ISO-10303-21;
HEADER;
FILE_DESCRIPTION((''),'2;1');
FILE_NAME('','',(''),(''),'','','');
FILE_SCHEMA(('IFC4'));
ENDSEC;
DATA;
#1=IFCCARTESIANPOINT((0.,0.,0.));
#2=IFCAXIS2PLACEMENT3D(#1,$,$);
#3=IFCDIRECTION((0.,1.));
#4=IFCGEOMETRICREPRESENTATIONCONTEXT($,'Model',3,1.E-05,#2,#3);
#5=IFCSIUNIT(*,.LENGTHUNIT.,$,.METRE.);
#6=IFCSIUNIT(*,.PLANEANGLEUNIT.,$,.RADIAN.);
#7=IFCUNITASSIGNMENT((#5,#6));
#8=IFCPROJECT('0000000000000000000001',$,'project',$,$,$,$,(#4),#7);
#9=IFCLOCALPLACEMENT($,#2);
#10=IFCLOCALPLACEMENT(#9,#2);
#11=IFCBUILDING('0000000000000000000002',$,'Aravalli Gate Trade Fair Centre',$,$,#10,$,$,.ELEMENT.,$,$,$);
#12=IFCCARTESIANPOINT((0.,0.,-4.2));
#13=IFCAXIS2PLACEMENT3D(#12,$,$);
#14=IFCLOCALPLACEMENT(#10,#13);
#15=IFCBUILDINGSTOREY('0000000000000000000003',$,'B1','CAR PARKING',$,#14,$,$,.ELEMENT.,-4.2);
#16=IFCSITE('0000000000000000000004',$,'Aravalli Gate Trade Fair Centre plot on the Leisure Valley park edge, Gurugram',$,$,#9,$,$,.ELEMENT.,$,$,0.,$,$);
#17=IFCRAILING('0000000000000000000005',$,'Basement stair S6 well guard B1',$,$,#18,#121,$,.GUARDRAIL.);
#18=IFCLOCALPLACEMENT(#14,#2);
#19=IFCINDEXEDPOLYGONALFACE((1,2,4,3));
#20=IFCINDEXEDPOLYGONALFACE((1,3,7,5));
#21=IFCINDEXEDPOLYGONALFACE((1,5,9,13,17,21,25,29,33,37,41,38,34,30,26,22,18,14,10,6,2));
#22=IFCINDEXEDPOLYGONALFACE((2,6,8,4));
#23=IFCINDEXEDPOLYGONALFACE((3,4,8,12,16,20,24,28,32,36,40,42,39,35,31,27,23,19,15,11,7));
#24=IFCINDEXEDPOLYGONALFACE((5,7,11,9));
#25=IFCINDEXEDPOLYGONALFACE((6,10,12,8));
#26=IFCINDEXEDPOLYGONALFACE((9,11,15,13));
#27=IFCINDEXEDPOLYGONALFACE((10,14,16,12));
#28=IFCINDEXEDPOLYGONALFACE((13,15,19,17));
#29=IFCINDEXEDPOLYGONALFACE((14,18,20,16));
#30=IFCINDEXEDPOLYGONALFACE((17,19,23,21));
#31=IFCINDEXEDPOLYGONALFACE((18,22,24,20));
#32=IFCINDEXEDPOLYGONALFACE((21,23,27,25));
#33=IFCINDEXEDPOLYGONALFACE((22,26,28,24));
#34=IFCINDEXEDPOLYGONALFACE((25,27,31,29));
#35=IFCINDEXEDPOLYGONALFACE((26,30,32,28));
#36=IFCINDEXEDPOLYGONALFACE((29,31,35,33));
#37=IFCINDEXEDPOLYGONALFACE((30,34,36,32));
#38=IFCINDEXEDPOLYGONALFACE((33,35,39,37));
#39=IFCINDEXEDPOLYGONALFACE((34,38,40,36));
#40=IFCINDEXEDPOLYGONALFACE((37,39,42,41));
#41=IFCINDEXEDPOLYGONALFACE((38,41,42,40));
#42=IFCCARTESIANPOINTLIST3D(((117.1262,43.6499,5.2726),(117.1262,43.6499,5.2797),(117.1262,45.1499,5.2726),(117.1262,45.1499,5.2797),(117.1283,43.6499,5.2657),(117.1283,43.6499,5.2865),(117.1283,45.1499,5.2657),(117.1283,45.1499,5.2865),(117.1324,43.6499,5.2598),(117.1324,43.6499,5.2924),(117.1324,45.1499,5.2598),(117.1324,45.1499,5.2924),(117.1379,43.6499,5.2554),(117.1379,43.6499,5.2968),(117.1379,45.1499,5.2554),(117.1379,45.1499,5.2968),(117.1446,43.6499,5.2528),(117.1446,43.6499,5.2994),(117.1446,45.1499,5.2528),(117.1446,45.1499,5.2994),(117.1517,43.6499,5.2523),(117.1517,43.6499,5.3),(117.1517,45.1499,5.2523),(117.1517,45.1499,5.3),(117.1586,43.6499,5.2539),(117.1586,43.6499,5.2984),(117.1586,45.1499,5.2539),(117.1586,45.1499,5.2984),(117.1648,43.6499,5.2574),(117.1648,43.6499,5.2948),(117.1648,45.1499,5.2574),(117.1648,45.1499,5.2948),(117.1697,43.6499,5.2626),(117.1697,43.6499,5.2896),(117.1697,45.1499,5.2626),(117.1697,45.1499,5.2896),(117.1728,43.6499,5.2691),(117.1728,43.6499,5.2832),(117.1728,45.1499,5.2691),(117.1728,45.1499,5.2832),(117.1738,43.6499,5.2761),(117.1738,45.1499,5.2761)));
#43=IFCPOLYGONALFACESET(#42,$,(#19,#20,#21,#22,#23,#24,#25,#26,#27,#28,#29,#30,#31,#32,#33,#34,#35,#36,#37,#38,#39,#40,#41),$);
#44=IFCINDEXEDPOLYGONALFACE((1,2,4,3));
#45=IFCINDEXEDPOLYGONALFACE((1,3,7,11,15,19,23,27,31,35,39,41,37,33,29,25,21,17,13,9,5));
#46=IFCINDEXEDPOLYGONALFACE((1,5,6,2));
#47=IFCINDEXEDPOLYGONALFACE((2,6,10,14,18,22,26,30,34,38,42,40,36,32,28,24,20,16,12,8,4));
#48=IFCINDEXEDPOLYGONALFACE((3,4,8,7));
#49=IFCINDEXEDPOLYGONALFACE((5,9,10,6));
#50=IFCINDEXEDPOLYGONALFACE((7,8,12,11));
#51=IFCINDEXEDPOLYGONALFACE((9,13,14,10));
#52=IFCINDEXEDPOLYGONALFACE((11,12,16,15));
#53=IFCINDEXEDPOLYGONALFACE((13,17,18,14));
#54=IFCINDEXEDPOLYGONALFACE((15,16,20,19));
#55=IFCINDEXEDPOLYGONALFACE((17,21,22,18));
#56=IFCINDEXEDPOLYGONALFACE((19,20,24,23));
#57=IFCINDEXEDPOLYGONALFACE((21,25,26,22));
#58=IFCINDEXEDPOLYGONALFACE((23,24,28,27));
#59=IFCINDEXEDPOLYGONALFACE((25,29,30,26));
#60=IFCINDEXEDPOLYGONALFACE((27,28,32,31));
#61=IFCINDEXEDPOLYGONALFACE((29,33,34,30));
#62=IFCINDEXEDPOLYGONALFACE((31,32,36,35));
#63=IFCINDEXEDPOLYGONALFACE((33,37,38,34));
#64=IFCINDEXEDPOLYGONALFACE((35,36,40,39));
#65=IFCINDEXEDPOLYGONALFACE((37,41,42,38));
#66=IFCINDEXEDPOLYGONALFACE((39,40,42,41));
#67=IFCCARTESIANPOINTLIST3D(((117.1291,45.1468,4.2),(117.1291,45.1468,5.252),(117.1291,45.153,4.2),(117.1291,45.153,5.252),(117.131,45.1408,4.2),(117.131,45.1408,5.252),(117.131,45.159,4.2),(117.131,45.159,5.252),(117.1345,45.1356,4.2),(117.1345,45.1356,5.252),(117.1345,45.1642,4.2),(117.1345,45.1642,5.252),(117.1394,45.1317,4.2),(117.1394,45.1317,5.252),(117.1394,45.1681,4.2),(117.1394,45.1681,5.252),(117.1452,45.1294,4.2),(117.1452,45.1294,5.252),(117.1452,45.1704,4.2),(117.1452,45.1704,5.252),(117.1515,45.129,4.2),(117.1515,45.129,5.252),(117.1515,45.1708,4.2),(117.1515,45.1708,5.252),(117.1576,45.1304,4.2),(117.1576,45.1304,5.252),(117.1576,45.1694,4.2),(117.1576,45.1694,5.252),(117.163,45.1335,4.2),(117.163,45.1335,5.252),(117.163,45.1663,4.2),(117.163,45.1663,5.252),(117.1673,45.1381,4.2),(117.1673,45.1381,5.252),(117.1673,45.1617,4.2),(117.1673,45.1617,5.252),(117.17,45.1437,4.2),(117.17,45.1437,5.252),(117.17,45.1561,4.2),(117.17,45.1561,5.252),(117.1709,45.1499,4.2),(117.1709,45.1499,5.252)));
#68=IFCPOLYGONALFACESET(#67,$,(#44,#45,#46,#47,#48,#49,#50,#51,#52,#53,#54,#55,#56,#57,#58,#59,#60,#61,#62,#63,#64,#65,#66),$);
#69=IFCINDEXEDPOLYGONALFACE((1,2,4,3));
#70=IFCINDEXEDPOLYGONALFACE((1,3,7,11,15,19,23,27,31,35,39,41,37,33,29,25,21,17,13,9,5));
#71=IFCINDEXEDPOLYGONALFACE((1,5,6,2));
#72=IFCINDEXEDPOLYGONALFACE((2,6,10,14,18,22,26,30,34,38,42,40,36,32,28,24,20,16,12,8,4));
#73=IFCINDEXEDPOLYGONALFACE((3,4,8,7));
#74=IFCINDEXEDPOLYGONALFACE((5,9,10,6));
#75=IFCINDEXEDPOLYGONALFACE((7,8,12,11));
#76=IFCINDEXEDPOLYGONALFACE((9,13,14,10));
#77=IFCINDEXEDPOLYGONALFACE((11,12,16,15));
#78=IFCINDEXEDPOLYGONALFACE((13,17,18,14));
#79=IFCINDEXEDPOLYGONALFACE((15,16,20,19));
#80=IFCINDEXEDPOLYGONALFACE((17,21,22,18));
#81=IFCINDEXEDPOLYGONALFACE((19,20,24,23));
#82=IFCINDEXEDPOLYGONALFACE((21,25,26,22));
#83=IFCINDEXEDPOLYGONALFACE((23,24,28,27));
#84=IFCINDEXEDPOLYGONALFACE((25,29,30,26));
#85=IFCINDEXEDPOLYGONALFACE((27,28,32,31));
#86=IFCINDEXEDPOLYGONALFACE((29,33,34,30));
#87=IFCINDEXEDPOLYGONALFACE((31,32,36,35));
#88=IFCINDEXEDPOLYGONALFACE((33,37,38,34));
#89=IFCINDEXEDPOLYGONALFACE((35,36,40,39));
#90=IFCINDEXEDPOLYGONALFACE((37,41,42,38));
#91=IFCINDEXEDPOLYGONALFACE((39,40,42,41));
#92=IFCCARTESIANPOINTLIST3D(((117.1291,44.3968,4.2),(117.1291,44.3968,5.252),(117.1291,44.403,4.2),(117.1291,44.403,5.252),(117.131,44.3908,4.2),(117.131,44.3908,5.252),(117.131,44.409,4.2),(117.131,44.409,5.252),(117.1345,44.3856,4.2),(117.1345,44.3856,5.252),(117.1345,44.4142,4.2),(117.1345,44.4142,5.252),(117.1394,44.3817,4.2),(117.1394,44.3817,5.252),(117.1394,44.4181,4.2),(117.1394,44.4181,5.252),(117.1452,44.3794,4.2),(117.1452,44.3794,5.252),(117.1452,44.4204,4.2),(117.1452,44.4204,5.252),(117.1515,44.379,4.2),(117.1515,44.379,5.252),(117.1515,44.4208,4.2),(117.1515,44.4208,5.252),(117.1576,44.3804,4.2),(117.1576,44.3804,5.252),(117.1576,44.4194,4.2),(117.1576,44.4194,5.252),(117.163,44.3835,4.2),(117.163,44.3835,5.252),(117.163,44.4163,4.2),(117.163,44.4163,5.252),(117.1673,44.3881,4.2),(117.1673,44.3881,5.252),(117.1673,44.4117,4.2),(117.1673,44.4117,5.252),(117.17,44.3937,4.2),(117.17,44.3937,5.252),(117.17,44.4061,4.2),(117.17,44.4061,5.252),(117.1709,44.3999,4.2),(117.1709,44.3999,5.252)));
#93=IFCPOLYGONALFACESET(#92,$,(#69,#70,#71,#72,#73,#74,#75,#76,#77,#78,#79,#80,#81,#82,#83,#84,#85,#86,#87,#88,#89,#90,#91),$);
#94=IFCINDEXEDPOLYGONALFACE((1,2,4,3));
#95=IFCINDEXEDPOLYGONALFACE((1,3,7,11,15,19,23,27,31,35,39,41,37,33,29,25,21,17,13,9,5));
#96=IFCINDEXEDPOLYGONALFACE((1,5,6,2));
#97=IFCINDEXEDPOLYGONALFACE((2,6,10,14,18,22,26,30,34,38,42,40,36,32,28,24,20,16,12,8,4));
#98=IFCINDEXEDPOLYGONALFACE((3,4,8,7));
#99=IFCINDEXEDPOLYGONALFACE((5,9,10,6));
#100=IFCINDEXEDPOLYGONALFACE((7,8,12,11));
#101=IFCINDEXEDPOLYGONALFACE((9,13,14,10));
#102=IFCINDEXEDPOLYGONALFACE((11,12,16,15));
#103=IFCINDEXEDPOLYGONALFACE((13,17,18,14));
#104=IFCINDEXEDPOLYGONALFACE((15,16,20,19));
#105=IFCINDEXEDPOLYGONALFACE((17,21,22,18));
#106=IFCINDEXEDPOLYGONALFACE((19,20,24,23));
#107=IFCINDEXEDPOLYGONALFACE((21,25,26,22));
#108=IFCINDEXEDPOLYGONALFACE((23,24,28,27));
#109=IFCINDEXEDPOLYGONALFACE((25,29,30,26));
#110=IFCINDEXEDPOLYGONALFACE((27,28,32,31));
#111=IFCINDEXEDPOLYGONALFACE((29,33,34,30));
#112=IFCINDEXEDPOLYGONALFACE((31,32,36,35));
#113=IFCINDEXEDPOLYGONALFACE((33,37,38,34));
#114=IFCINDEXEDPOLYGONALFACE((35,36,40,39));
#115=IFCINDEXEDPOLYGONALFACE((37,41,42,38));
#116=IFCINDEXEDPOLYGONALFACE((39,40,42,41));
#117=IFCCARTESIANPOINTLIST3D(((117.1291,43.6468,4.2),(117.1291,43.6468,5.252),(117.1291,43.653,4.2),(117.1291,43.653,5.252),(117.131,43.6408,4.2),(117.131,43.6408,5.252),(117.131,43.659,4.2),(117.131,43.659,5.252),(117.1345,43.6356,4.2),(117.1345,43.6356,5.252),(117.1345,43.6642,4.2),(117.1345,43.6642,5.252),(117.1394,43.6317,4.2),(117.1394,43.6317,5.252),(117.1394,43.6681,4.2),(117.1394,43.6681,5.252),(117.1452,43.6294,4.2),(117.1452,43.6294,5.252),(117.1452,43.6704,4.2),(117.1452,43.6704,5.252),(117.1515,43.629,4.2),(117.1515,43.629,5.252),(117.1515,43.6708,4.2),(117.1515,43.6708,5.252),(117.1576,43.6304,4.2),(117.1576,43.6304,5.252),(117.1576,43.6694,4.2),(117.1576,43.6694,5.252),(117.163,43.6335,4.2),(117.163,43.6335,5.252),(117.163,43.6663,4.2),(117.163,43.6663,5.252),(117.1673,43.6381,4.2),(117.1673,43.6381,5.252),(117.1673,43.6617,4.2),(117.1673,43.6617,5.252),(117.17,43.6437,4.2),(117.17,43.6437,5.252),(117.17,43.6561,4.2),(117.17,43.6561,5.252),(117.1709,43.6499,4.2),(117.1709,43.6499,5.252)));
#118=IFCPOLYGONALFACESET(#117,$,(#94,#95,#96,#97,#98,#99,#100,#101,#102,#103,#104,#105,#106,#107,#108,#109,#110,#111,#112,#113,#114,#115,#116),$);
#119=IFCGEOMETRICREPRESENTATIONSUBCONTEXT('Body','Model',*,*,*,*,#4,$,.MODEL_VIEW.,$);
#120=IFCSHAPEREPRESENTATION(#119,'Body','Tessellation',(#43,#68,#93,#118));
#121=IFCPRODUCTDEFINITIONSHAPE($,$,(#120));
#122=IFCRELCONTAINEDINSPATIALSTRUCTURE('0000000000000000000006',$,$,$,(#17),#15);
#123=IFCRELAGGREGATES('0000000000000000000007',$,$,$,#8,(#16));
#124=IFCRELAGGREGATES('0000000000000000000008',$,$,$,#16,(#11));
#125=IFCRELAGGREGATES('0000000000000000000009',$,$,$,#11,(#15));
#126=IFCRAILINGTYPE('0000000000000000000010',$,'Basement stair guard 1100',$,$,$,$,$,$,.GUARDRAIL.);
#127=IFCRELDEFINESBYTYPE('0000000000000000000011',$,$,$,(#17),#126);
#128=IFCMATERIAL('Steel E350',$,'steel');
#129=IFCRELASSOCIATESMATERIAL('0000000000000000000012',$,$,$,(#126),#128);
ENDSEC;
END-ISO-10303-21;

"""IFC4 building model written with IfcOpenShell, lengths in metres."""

from ifc_helpers import new_model, si_unit, direction, frame, origin, origin_2d, place, context, subcontext, project, spatial, circle, extrude, material, type_object, element, save


model = new_model("IFC4")

# Units and contexts
model_context = context("Model", 3, precision=1e-05, world=origin(), true_north=direction((0.0, 1.0)))
body_context = subcontext(model_context, "Body", "Model", "MODEL_VIEW")
ifc_project = project(units=[si_unit("LENGTHUNIT", "METRE"), si_unit("PLANEANGLEUNIT", "RADIAN")], contexts=[model_context])

# Site, building, storey
site_placement = place(None, origin())
site = spatial("IfcSite", under=ifc_project, at=site_placement, Name="Aravalli Gate Trade Fair Centre plot on the Leisure Valley park edge, Gurugram", CompositionType="ELEMENT", RefElevation=0.0)
building_placement = place(site_placement, origin())
building = spatial("IfcBuilding", under=site, at=building_placement, Name="Aravalli Gate Trade Fair Centre", CompositionType="ELEMENT")
storey_placement = place(building_placement, frame((0.0, 0.0, -4.2)))
storey = spatial("IfcBuildingStorey", under=building, at=storey_placement, Name="B1", Description="CAR PARKING", CompositionType="ELEMENT", Elevation=-4.2)

# Railing
ifc_material_1 = material(Name="Steel E350", Category="steel")
railing_type_1 = type_object("IfcRailingType", Name="Basement stair guard 1100", PredefinedType="GUARDRAIL", material=ifc_material_1)
railing_1_placement = place(storey_placement, frame((117.1499, 45.1499, 4.2)))
element("IfcRailing", 1, at=railing_1_placement, inside=storey, type_object=railing_type_1, Name="Basement stair S6 well guard B1", PredefinedType="GUARDRAIL", context=body_context, shape_type="SweptSolid", body=[
    extrude(circle(Radius=0.0239, at=origin_2d()), frame((0.0, 0.0, 1.0762), z_axis=(0.0, -1.0, 0.0), x_axis=(1.0, 0.0, 0.0)), (0.0, 0.0, 1.0), 1.5),
    extrude(circle(Radius=0.021, at=origin_2d()), origin(), (0.0, 0.0, 1.0), 1.052),
    extrude(circle(Radius=0.021, at=origin_2d()), frame((0.0, -0.75, 0.0)), (0.0, 0.0, 1.0), 1.052),
    extrude(circle(Radius=0.021, at=origin_2d()), frame((0.0, -1.5, 0.0)), (0.0, 0.0, 1.0), 1.052),
])

save(model, "model.ifc")
